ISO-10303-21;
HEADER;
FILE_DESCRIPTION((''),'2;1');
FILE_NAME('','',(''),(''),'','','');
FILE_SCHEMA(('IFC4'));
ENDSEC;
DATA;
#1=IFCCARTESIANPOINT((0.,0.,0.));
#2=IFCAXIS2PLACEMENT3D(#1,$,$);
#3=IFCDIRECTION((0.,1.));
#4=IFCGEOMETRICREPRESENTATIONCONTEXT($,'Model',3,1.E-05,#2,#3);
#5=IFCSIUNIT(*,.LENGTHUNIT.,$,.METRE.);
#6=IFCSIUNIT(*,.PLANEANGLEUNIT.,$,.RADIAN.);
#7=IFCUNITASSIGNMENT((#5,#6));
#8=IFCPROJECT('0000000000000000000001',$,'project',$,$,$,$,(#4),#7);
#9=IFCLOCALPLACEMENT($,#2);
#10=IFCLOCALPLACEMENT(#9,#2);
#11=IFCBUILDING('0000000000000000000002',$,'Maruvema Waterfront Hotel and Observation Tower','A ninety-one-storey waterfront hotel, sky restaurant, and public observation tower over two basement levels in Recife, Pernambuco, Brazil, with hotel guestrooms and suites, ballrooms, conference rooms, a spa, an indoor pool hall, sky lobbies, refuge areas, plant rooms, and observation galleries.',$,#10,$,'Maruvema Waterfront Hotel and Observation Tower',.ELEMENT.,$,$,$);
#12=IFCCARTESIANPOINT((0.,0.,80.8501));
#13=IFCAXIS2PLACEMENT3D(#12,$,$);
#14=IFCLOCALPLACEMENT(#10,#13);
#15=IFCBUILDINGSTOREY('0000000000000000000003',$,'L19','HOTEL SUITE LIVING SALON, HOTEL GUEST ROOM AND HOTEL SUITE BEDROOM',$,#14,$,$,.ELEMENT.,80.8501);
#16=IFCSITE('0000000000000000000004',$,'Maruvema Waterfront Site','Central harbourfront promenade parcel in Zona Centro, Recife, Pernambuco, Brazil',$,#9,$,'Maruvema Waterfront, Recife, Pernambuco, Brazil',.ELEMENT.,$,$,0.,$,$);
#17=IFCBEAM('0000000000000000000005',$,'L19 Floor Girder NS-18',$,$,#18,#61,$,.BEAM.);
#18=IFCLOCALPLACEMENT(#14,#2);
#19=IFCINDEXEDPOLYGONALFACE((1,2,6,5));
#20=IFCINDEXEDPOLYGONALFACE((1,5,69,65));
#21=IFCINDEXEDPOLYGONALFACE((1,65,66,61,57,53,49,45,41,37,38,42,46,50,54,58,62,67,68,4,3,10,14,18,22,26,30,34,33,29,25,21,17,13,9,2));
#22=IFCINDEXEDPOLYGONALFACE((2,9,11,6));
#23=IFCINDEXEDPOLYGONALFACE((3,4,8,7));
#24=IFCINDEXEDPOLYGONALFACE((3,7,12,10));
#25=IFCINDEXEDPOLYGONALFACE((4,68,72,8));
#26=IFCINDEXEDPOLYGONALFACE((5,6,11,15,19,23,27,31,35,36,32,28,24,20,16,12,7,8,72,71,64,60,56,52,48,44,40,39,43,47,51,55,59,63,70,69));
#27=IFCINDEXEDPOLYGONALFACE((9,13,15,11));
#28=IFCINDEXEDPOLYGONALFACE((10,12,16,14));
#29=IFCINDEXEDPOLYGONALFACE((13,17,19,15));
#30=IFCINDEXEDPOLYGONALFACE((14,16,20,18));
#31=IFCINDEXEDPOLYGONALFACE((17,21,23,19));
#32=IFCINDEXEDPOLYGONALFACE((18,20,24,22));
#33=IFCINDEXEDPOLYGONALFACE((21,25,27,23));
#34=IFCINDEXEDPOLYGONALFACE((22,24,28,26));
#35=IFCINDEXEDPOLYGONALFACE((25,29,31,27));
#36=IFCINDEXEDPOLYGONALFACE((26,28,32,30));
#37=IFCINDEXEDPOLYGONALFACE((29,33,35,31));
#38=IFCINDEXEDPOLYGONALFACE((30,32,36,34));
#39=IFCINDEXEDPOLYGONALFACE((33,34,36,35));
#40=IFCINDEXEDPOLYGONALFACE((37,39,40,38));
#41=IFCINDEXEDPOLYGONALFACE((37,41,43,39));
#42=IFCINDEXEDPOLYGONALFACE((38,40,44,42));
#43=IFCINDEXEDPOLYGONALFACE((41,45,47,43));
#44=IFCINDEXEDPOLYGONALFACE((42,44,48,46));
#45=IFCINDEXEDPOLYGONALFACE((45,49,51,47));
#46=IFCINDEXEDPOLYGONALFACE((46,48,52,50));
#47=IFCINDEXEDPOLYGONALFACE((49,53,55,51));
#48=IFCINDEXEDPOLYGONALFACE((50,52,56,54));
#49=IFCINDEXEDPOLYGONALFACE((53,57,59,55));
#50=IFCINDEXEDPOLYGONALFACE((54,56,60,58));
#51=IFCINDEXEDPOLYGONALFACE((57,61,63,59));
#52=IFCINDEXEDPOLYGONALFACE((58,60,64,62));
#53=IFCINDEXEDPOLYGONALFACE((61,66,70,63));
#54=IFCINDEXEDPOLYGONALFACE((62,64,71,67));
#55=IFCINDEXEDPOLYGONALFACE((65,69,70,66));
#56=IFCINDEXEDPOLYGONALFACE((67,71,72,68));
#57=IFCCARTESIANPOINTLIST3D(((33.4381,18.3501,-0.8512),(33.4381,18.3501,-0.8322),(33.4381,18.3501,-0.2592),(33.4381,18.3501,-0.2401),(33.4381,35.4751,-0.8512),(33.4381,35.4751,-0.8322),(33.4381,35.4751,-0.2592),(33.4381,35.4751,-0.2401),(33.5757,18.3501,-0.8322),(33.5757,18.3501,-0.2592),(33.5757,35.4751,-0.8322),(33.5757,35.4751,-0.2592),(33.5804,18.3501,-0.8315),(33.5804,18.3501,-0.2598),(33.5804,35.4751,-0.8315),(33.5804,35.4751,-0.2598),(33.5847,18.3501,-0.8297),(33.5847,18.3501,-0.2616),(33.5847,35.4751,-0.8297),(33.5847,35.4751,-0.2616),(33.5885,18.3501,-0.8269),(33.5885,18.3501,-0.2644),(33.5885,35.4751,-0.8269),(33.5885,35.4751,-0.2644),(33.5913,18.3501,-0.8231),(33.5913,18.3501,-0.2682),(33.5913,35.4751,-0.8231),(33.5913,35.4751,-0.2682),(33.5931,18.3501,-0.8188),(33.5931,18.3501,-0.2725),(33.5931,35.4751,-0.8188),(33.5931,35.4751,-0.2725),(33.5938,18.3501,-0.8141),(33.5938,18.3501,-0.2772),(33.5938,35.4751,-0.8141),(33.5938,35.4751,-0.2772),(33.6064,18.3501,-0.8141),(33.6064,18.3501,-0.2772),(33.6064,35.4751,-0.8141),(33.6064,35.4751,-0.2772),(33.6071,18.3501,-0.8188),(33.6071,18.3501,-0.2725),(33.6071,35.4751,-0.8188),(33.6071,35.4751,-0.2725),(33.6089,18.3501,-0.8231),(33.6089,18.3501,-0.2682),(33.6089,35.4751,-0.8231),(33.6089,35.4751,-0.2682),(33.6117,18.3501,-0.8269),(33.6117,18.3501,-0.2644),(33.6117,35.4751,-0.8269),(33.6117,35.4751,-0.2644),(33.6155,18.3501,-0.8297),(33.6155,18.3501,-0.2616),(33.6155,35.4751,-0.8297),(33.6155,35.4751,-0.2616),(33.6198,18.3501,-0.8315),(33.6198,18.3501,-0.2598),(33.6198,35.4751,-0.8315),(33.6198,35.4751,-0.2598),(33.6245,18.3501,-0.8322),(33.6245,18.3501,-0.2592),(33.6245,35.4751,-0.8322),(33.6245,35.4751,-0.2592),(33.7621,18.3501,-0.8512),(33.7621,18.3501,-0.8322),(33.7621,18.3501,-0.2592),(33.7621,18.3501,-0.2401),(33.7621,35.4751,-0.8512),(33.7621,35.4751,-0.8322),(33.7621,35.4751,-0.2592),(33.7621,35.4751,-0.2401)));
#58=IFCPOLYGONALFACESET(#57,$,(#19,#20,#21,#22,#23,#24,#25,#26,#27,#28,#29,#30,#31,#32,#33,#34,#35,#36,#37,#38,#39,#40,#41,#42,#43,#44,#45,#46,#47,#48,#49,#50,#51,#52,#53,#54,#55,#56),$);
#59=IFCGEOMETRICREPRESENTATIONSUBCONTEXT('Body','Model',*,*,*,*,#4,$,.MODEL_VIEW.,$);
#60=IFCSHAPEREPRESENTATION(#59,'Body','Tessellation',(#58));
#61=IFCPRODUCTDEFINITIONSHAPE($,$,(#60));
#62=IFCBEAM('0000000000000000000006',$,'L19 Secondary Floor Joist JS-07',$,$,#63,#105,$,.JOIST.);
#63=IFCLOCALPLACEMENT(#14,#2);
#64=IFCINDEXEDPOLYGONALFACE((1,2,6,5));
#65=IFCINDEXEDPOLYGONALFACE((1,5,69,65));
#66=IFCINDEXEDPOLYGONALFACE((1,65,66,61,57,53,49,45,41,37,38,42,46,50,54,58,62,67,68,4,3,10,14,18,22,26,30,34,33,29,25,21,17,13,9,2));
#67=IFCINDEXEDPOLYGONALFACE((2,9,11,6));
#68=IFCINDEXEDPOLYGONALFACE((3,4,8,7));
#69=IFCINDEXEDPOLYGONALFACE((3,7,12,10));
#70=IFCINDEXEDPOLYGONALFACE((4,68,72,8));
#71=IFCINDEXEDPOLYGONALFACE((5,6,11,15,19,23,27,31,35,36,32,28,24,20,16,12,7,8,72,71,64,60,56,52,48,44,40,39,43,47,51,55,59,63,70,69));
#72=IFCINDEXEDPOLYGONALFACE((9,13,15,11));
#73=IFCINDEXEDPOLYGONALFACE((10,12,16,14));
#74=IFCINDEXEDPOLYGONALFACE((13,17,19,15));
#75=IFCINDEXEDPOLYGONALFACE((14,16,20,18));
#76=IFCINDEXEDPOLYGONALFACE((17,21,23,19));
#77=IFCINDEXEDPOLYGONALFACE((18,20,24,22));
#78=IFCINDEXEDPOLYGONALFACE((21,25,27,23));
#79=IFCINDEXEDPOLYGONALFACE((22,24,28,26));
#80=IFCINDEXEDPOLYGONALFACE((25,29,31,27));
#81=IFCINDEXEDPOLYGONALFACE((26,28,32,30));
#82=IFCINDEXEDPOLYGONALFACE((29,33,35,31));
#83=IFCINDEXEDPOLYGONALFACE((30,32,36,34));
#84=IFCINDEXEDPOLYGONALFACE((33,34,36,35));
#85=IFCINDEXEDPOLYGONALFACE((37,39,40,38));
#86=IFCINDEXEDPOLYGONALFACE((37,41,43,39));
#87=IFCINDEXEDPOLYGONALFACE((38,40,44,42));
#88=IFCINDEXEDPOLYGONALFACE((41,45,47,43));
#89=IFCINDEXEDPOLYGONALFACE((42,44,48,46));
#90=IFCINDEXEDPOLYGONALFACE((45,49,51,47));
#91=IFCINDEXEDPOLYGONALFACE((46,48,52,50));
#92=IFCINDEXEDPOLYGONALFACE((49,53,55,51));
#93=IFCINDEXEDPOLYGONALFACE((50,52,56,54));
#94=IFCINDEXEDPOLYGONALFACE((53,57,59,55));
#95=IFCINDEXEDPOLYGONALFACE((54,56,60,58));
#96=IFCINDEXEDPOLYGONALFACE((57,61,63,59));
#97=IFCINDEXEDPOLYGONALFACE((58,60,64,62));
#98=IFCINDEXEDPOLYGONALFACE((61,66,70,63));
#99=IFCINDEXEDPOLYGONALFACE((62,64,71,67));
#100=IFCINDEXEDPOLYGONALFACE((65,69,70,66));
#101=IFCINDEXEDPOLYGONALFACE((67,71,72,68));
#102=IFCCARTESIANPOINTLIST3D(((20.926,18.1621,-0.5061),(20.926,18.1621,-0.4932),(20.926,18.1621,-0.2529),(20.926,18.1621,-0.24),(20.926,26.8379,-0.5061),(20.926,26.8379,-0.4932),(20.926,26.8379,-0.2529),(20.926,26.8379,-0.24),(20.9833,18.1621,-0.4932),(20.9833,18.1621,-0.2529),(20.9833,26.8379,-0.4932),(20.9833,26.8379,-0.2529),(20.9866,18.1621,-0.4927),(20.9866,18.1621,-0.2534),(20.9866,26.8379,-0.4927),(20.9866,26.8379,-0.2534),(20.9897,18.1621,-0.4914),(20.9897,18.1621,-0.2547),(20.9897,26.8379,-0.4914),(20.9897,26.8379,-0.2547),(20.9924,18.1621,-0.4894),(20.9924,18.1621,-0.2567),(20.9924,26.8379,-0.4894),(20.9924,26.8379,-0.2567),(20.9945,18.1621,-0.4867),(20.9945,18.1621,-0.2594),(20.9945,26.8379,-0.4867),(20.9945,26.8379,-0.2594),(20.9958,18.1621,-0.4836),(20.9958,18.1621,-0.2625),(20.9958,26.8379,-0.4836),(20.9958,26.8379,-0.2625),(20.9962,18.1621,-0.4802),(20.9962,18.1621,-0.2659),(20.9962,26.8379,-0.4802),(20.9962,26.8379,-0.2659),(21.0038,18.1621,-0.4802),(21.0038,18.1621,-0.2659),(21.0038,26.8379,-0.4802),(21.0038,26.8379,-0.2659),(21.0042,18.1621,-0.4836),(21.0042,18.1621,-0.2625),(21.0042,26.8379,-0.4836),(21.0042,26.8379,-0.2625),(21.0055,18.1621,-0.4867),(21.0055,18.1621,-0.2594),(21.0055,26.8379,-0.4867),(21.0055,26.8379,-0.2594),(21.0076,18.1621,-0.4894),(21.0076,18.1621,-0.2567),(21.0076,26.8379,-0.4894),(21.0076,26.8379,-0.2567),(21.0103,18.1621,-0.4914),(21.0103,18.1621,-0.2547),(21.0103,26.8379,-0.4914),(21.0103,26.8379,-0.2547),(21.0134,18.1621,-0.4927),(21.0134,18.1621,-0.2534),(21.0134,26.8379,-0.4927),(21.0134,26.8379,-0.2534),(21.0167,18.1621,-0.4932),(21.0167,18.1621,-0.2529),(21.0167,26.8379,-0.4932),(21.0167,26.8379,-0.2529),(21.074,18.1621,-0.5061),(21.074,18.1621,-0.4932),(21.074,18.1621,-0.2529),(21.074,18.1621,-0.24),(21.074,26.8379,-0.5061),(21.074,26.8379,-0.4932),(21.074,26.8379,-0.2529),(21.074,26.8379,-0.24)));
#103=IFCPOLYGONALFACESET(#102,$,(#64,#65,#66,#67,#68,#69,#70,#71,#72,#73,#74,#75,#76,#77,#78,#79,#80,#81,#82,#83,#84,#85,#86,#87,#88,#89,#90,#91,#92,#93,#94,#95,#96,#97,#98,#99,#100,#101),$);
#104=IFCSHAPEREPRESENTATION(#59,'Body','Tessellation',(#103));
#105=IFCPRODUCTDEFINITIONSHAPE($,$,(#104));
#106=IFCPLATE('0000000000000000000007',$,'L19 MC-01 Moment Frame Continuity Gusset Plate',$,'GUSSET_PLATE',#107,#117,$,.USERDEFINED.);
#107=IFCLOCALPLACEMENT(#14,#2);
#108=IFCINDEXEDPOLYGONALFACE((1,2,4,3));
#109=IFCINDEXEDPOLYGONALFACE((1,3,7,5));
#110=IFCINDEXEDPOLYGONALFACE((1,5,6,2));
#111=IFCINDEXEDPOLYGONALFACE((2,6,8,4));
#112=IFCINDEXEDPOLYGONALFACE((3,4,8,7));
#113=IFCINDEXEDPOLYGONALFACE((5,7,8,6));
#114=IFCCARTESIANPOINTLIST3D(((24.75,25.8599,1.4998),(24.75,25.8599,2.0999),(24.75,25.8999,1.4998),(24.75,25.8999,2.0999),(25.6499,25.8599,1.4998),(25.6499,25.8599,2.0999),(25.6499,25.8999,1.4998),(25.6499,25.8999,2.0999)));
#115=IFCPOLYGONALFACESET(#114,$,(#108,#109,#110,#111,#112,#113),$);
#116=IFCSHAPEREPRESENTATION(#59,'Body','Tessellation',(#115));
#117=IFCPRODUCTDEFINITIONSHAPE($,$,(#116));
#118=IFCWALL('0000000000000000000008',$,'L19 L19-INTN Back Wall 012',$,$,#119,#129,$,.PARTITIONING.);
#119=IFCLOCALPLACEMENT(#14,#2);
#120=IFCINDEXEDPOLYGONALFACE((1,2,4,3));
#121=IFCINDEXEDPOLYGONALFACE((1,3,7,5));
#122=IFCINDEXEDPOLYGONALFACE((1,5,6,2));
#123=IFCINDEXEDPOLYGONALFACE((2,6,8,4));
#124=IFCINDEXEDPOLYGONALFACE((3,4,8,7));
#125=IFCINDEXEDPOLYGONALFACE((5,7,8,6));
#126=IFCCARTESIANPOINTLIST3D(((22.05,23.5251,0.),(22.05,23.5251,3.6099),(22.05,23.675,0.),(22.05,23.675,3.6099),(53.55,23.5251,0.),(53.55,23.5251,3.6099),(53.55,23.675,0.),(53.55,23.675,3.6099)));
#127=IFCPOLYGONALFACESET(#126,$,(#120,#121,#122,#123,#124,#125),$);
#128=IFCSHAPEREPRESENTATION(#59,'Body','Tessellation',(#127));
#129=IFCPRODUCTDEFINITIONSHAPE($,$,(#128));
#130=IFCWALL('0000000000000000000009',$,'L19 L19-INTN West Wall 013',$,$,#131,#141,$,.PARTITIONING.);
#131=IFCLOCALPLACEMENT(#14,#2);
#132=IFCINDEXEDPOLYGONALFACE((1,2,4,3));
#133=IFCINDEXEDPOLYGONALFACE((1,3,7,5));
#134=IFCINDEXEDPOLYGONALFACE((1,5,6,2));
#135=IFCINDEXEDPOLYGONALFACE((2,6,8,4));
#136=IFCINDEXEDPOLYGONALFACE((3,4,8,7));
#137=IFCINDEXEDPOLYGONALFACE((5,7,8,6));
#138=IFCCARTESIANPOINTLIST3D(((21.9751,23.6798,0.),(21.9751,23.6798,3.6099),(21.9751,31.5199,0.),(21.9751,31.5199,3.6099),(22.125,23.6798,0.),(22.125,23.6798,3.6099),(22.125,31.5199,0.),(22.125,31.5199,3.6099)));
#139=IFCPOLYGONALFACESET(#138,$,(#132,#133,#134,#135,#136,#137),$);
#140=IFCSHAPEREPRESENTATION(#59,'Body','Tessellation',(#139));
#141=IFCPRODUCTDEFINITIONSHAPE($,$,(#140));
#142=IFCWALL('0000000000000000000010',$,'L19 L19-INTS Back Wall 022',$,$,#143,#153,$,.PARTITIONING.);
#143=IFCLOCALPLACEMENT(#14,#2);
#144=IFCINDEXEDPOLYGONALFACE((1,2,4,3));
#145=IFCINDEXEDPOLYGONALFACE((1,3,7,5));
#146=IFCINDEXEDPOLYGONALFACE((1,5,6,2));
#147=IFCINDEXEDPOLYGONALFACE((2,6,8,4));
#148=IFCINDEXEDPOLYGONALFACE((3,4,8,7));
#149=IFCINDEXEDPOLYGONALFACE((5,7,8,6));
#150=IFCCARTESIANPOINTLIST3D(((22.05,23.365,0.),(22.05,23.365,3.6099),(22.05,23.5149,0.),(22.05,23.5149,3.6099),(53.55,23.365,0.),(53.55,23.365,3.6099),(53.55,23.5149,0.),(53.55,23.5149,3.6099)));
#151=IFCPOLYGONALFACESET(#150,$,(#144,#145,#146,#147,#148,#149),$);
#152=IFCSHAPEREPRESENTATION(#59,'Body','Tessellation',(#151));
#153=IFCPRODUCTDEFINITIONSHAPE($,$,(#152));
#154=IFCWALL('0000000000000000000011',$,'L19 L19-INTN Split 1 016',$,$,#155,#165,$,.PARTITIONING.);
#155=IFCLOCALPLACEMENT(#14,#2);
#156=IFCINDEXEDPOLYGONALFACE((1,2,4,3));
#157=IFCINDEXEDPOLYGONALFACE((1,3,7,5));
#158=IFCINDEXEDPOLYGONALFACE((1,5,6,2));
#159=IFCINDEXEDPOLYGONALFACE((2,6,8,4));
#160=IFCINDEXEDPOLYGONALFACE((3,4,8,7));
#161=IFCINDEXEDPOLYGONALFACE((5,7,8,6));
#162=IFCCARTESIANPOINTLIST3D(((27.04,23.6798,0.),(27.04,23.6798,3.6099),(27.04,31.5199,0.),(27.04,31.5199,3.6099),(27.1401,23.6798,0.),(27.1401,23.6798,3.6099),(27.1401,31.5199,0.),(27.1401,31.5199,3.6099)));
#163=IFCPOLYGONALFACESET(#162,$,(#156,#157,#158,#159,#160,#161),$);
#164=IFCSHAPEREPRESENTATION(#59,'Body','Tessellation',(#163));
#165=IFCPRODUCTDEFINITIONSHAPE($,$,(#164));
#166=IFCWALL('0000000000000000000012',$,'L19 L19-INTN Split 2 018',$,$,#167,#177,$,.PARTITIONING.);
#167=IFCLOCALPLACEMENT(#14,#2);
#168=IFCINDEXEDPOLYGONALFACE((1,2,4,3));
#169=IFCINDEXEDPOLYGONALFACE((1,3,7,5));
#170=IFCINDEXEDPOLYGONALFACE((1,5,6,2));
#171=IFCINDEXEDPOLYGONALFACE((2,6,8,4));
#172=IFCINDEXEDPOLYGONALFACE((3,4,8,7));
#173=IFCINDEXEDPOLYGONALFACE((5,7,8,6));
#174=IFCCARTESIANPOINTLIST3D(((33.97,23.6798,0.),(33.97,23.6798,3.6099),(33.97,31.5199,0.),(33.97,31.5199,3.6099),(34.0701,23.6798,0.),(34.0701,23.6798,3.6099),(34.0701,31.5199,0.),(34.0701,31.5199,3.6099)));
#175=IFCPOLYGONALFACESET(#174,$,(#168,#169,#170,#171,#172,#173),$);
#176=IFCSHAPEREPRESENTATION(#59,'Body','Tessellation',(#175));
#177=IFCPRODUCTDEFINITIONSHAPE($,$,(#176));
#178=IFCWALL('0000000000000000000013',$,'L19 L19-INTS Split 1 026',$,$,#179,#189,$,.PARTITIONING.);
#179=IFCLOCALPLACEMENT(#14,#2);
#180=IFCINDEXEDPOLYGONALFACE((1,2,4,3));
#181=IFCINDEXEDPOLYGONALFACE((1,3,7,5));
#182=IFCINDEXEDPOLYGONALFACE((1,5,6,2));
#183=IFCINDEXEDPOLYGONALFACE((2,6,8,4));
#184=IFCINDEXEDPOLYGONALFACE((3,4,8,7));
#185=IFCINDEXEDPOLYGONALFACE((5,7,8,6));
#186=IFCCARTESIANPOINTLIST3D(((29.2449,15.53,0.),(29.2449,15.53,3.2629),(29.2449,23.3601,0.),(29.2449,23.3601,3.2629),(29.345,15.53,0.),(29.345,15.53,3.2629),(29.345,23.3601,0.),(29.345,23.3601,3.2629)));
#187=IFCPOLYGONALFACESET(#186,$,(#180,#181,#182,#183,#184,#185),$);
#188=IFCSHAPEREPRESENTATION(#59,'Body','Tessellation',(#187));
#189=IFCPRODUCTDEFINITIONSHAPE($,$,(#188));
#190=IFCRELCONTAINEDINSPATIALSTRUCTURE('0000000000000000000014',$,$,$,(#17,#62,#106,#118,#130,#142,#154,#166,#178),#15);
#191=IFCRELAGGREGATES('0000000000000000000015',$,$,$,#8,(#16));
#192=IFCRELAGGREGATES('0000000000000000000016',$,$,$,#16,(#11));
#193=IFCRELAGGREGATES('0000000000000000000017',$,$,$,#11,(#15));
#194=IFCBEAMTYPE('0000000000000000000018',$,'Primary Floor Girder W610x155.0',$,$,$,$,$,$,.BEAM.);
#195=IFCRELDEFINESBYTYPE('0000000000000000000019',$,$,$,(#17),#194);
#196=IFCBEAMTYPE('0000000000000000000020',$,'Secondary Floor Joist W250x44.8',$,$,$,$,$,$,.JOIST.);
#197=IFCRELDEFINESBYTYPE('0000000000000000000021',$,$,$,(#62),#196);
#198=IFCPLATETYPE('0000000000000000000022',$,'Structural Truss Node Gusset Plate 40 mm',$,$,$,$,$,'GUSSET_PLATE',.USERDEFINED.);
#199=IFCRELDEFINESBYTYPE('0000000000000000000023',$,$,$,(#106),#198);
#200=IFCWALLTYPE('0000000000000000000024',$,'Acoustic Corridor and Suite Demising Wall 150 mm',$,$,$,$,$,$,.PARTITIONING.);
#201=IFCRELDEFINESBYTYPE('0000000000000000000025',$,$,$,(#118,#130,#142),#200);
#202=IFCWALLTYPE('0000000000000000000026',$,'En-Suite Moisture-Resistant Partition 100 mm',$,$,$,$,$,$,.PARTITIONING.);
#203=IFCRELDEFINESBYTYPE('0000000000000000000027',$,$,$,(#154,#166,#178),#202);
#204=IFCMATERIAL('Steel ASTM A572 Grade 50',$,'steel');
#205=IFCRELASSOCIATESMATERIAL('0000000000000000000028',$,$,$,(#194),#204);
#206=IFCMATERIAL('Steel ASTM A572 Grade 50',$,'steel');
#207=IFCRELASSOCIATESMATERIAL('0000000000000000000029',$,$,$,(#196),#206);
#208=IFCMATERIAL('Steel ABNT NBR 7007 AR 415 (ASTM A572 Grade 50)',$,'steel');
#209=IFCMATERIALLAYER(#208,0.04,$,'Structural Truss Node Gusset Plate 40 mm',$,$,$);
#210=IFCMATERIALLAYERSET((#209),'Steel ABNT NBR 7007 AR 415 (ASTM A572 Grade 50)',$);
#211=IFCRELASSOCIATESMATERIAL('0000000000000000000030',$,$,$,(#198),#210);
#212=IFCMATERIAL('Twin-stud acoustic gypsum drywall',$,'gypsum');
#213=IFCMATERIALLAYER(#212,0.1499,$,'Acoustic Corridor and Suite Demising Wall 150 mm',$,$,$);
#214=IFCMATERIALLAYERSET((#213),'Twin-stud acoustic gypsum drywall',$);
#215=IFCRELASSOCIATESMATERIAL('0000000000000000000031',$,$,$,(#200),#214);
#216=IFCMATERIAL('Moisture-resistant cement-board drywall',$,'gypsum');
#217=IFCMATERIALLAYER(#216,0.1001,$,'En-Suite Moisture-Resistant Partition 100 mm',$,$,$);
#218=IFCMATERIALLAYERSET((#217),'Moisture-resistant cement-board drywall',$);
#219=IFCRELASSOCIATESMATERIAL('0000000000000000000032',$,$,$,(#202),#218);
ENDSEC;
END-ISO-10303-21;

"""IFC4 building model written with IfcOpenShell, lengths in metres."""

from ifc_helpers import new_model, si_unit, direction, frame, frame_2d, origin, origin_2d, place, context, subcontext, project, spatial, rectangle, i_section, extrude, material, layer, layer_set, material_profile, profile_set, type_object, element, save


model = new_model("IFC4")

# Units and contexts
model_context = context("Model", 3, precision=1e-05, world=origin(), true_north=direction((0.0, 1.0)))
body_context = subcontext(model_context, "Body", "Model", "MODEL_VIEW")
ifc_project = project(units=[si_unit("LENGTHUNIT", "METRE"), si_unit("PLANEANGLEUNIT", "RADIAN")], contexts=[model_context])

# Site, building, storey
site_placement = place(None, origin())
site = spatial("IfcSite", under=ifc_project, at=site_placement, Name="Maruvema Waterfront Site", Description="Central harbourfront promenade parcel in Zona Centro, Recife, Pernambuco, Brazil", LongName="Maruvema Waterfront, Recife, Pernambuco, Brazil", CompositionType="ELEMENT", RefElevation=0.0)
building_placement = place(site_placement, origin())
building = spatial("IfcBuilding", under=site, at=building_placement, Name="Maruvema Waterfront Hotel and Observation Tower", Description="A ninety-one-storey waterfront hotel, sky restaurant, and public observation tower over two basement levels in Recife, Pernambuco, Brazil, with hotel guestrooms and suites, ballrooms, conference rooms, a spa, an indoor pool hall, sky lobbies, refuge areas, plant rooms, and observation galleries.", LongName="Maruvema Waterfront Hotel and Observation Tower", CompositionType="ELEMENT")
storey_placement = place(building_placement, frame((0.0, 0.0, 80.8501)))
storey = spatial("IfcBuildingStorey", under=building, at=storey_placement, Name="L19", Description="HOTEL SUITE LIVING SALON, HOTEL GUEST ROOM AND HOTEL SUITE BEDROOM", CompositionType="ELEMENT", Elevation=80.8501)

# Beams
ifc_material_1 = material(Name="Steel ASTM A572 Grade 50", Category="steel")
ifc_material_profile_1 = material_profile(ifc_material_1, i_section(OverallWidth=0.324, OverallDepth=0.6111, WebThickness=0.0127, FlangeThickness=0.019, FilletRadius=0.0181, at=origin_2d()), Name="W610x155.0")
ifc_profile_set_1 = profile_set([ifc_material_profile_1], Name="Steel ASTM A572 Grade 50")
beam_type_1 = type_object("IfcBeamType", Name="Primary Floor Girder W610x155.0", PredefinedType="BEAM", material=ifc_profile_set_1)
beam_1_placement = place(storey_placement, frame((33.6001, 18.3501, -0.5457), z_axis=(0.0, 1.0, 0.0), x_axis=(-1.0, 0.0, 0.0)))
element("IfcBeam", 1, at=beam_1_placement, inside=storey, type_object=beam_type_1, Name="L19 Floor Girder NS-18", PredefinedType="BEAM", context=body_context, shape_type="SweptSolid", body=[
    extrude(i_section(OverallWidth=0.324, OverallDepth=0.6111, WebThickness=0.0127, FlangeThickness=0.019, FilletRadius=0.0181, at=origin_2d()), origin(), (0.0, 0.0, 1.0), 17.125),
])
ifc_material_2 = material(Name="Steel ASTM A572 Grade 50", Category="steel")
ifc_material_profile_2 = material_profile(ifc_material_2, i_section(OverallWidth=0.1479, OverallDepth=0.2661, WebThickness=0.0076, FlangeThickness=0.0129, FilletRadius=0.0129, at=origin_2d()), Name="W250x44.8")
ifc_profile_set_2 = profile_set([ifc_material_profile_2], Name="Steel ASTM A572 Grade 50")
beam_type_2 = type_object("IfcBeamType", Name="Secondary Floor Joist W250x44.8", PredefinedType="JOIST", material=ifc_profile_set_2)
beam_2_placement = place(storey_placement, frame((21.0, 18.1621, -0.373), z_axis=(0.0, 1.0, 0.0), x_axis=(-1.0, 0.0, 0.0)))
element("IfcBeam", 2, at=beam_2_placement, inside=storey, type_object=beam_type_2, Name="L19 Secondary Floor Joist JS-07", PredefinedType="JOIST", context=body_context, shape_type="SweptSolid", body=[
    extrude(i_section(OverallWidth=0.1479, OverallDepth=0.2661, WebThickness=0.0076, FlangeThickness=0.0129, FilletRadius=0.0129, at=origin_2d()), origin(), (0.0, 0.0, 1.0), 8.6758),
])

# Plate
ifc_material_3 = material(Name="Steel ABNT NBR 7007 AR 415 (ASTM A572 Grade 50)", Category="steel")
ifc_layer_1 = layer(ifc_material_3, 0.04, Name="Structural Truss Node Gusset Plate 40 mm")
ifc_layer_set_1 = layer_set([ifc_layer_1], Name="Steel ABNT NBR 7007 AR 415 (ASTM A572 Grade 50)")
plate_type = type_object("IfcPlateType", Name="Structural Truss Node Gusset Plate 40 mm", ElementType="GUSSET_PLATE", PredefinedType="USERDEFINED", material=ifc_layer_set_1)
plate_placement = place(storey_placement, frame((25.2, 25.8799, 1.4998), z_axis=(0.0, 0.0, 1.0), x_axis=(1.0, 0.0, 0.0)))
element("IfcPlate", 3, at=plate_placement, inside=storey, type_object=plate_type, Name="L19 MC-01 Moment Frame Continuity Gusset Plate", ObjectType="GUSSET_PLATE", PredefinedType="USERDEFINED", context=body_context, shape_type="SweptSolid", body=[
    extrude(rectangle(XDim=0.8999, YDim=0.04, at=origin_2d()), origin(), (0.0, 0.0, 1.0), 0.6001),
])

# Walls
ifc_material_4 = material(Name="Twin-stud acoustic gypsum drywall", Category="gypsum")
ifc_layer_2 = layer(ifc_material_4, 0.1499, Name="Acoustic Corridor and Suite Demising Wall 150 mm")
ifc_layer_set_2 = layer_set([ifc_layer_2], Name="Twin-stud acoustic gypsum drywall")
wall_type_1 = type_object("IfcWallType", Name="Acoustic Corridor and Suite Demising Wall 150 mm", PredefinedType="PARTITIONING", material=ifc_layer_set_2)
wall_1_placement = place(storey_placement, frame((22.05, 23.6001, 0.0), z_axis=(0.0, 0.0, 1.0), x_axis=(1.0, 0.0, 0.0)))
element("IfcWall", 4, at=wall_1_placement, inside=storey, type_object=wall_type_1, Name="L19 L19-INTN Back Wall 012", PredefinedType="PARTITIONING", context=body_context, shape_type="SweptSolid", body=[
    extrude(rectangle(XDim=31.5, YDim=0.1499, at=frame_2d((15.75, 0.0))), origin(), (0.0, 0.0, 1.0), 3.6099),
])
wall_2_placement = place(storey_placement, frame((22.05, 23.6799, 0.0), z_axis=(0.0, 0.0, 1.0), x_axis=(0.0, 1.0, 0.0)))
element("IfcWall", 5, at=wall_2_placement, inside=storey, type_object=wall_type_1, Name="L19 L19-INTN West Wall 013", PredefinedType="PARTITIONING", context=body_context, shape_type="SweptSolid", body=[
    extrude(rectangle(XDim=7.8401, YDim=0.1499, at=frame_2d((3.9199, 0.0))), origin(), (0.0, 0.0, 1.0), 3.6099),
])
wall_3_placement = place(storey_placement, frame((22.05, 23.4399, 0.0), z_axis=(0.0, 0.0, 1.0), x_axis=(1.0, 0.0, 0.0)))
element("IfcWall", 6, at=wall_3_placement, inside=storey, type_object=wall_type_1, Name="L19 L19-INTS Back Wall 022", PredefinedType="PARTITIONING", context=body_context, shape_type="SweptSolid", body=[
    extrude(rectangle(XDim=31.5, YDim=0.1499, at=frame_2d((15.75, 0.0))), origin(), (0.0, 0.0, 1.0), 3.6099),
])

# Walls
ifc_material_5 = material(Name="Moisture-resistant cement-board drywall", Category="gypsum")
ifc_layer_3 = layer(ifc_material_5, 0.1001, Name="En-Suite Moisture-Resistant Partition 100 mm")
ifc_layer_set_3 = layer_set([ifc_layer_3], Name="Moisture-resistant cement-board drywall")
wall_type_2 = type_object("IfcWallType", Name="En-Suite Moisture-Resistant Partition 100 mm", PredefinedType="PARTITIONING", material=ifc_layer_set_3)
for number, where, z_axis, x_axis, name in (
    (7, (27.0901, 23.6799, 0.0), (0.0, 0.0, 1.0), (0.0, 1.0, 0.0), "L19 L19-INTN Split 1 016"),
    (8, (34.02, 23.6799, 0.0), (0.0, 0.0, 1.0), (0.0, 1.0, 0.0), "L19 L19-INTN Split 2 018"),
):
    element("IfcWall", number, at=place(storey_placement, frame(where, z_axis=z_axis, x_axis=x_axis)), inside=storey, type_object=wall_type_2, Name=name, PredefinedType="PARTITIONING", context=body_context, shape_type="SweptSolid", body=[
        extrude(rectangle(XDim=7.8401, YDim=0.1001, at=frame_2d((3.9199, 0.0))), origin(), (0.0, 0.0, 1.0), 3.6099),
    ])
wall_4_placement = place(storey_placement, frame((29.2949, 15.53, 0.0), z_axis=(0.0, 0.0, 1.0), x_axis=(0.0, 1.0, 0.0)))
element("IfcWall", 9, at=wall_4_placement, inside=storey, type_object=wall_type_2, Name="L19 L19-INTS Split 1 026", PredefinedType="PARTITIONING", context=body_context, shape_type="SweptSolid", body=[
    extrude(rectangle(XDim=7.8301, YDim=0.1001, at=frame_2d((3.915, 0.0))), origin(), (0.0, 0.0, 1.0), 3.2629),
])

save(model, "model.ifc")
